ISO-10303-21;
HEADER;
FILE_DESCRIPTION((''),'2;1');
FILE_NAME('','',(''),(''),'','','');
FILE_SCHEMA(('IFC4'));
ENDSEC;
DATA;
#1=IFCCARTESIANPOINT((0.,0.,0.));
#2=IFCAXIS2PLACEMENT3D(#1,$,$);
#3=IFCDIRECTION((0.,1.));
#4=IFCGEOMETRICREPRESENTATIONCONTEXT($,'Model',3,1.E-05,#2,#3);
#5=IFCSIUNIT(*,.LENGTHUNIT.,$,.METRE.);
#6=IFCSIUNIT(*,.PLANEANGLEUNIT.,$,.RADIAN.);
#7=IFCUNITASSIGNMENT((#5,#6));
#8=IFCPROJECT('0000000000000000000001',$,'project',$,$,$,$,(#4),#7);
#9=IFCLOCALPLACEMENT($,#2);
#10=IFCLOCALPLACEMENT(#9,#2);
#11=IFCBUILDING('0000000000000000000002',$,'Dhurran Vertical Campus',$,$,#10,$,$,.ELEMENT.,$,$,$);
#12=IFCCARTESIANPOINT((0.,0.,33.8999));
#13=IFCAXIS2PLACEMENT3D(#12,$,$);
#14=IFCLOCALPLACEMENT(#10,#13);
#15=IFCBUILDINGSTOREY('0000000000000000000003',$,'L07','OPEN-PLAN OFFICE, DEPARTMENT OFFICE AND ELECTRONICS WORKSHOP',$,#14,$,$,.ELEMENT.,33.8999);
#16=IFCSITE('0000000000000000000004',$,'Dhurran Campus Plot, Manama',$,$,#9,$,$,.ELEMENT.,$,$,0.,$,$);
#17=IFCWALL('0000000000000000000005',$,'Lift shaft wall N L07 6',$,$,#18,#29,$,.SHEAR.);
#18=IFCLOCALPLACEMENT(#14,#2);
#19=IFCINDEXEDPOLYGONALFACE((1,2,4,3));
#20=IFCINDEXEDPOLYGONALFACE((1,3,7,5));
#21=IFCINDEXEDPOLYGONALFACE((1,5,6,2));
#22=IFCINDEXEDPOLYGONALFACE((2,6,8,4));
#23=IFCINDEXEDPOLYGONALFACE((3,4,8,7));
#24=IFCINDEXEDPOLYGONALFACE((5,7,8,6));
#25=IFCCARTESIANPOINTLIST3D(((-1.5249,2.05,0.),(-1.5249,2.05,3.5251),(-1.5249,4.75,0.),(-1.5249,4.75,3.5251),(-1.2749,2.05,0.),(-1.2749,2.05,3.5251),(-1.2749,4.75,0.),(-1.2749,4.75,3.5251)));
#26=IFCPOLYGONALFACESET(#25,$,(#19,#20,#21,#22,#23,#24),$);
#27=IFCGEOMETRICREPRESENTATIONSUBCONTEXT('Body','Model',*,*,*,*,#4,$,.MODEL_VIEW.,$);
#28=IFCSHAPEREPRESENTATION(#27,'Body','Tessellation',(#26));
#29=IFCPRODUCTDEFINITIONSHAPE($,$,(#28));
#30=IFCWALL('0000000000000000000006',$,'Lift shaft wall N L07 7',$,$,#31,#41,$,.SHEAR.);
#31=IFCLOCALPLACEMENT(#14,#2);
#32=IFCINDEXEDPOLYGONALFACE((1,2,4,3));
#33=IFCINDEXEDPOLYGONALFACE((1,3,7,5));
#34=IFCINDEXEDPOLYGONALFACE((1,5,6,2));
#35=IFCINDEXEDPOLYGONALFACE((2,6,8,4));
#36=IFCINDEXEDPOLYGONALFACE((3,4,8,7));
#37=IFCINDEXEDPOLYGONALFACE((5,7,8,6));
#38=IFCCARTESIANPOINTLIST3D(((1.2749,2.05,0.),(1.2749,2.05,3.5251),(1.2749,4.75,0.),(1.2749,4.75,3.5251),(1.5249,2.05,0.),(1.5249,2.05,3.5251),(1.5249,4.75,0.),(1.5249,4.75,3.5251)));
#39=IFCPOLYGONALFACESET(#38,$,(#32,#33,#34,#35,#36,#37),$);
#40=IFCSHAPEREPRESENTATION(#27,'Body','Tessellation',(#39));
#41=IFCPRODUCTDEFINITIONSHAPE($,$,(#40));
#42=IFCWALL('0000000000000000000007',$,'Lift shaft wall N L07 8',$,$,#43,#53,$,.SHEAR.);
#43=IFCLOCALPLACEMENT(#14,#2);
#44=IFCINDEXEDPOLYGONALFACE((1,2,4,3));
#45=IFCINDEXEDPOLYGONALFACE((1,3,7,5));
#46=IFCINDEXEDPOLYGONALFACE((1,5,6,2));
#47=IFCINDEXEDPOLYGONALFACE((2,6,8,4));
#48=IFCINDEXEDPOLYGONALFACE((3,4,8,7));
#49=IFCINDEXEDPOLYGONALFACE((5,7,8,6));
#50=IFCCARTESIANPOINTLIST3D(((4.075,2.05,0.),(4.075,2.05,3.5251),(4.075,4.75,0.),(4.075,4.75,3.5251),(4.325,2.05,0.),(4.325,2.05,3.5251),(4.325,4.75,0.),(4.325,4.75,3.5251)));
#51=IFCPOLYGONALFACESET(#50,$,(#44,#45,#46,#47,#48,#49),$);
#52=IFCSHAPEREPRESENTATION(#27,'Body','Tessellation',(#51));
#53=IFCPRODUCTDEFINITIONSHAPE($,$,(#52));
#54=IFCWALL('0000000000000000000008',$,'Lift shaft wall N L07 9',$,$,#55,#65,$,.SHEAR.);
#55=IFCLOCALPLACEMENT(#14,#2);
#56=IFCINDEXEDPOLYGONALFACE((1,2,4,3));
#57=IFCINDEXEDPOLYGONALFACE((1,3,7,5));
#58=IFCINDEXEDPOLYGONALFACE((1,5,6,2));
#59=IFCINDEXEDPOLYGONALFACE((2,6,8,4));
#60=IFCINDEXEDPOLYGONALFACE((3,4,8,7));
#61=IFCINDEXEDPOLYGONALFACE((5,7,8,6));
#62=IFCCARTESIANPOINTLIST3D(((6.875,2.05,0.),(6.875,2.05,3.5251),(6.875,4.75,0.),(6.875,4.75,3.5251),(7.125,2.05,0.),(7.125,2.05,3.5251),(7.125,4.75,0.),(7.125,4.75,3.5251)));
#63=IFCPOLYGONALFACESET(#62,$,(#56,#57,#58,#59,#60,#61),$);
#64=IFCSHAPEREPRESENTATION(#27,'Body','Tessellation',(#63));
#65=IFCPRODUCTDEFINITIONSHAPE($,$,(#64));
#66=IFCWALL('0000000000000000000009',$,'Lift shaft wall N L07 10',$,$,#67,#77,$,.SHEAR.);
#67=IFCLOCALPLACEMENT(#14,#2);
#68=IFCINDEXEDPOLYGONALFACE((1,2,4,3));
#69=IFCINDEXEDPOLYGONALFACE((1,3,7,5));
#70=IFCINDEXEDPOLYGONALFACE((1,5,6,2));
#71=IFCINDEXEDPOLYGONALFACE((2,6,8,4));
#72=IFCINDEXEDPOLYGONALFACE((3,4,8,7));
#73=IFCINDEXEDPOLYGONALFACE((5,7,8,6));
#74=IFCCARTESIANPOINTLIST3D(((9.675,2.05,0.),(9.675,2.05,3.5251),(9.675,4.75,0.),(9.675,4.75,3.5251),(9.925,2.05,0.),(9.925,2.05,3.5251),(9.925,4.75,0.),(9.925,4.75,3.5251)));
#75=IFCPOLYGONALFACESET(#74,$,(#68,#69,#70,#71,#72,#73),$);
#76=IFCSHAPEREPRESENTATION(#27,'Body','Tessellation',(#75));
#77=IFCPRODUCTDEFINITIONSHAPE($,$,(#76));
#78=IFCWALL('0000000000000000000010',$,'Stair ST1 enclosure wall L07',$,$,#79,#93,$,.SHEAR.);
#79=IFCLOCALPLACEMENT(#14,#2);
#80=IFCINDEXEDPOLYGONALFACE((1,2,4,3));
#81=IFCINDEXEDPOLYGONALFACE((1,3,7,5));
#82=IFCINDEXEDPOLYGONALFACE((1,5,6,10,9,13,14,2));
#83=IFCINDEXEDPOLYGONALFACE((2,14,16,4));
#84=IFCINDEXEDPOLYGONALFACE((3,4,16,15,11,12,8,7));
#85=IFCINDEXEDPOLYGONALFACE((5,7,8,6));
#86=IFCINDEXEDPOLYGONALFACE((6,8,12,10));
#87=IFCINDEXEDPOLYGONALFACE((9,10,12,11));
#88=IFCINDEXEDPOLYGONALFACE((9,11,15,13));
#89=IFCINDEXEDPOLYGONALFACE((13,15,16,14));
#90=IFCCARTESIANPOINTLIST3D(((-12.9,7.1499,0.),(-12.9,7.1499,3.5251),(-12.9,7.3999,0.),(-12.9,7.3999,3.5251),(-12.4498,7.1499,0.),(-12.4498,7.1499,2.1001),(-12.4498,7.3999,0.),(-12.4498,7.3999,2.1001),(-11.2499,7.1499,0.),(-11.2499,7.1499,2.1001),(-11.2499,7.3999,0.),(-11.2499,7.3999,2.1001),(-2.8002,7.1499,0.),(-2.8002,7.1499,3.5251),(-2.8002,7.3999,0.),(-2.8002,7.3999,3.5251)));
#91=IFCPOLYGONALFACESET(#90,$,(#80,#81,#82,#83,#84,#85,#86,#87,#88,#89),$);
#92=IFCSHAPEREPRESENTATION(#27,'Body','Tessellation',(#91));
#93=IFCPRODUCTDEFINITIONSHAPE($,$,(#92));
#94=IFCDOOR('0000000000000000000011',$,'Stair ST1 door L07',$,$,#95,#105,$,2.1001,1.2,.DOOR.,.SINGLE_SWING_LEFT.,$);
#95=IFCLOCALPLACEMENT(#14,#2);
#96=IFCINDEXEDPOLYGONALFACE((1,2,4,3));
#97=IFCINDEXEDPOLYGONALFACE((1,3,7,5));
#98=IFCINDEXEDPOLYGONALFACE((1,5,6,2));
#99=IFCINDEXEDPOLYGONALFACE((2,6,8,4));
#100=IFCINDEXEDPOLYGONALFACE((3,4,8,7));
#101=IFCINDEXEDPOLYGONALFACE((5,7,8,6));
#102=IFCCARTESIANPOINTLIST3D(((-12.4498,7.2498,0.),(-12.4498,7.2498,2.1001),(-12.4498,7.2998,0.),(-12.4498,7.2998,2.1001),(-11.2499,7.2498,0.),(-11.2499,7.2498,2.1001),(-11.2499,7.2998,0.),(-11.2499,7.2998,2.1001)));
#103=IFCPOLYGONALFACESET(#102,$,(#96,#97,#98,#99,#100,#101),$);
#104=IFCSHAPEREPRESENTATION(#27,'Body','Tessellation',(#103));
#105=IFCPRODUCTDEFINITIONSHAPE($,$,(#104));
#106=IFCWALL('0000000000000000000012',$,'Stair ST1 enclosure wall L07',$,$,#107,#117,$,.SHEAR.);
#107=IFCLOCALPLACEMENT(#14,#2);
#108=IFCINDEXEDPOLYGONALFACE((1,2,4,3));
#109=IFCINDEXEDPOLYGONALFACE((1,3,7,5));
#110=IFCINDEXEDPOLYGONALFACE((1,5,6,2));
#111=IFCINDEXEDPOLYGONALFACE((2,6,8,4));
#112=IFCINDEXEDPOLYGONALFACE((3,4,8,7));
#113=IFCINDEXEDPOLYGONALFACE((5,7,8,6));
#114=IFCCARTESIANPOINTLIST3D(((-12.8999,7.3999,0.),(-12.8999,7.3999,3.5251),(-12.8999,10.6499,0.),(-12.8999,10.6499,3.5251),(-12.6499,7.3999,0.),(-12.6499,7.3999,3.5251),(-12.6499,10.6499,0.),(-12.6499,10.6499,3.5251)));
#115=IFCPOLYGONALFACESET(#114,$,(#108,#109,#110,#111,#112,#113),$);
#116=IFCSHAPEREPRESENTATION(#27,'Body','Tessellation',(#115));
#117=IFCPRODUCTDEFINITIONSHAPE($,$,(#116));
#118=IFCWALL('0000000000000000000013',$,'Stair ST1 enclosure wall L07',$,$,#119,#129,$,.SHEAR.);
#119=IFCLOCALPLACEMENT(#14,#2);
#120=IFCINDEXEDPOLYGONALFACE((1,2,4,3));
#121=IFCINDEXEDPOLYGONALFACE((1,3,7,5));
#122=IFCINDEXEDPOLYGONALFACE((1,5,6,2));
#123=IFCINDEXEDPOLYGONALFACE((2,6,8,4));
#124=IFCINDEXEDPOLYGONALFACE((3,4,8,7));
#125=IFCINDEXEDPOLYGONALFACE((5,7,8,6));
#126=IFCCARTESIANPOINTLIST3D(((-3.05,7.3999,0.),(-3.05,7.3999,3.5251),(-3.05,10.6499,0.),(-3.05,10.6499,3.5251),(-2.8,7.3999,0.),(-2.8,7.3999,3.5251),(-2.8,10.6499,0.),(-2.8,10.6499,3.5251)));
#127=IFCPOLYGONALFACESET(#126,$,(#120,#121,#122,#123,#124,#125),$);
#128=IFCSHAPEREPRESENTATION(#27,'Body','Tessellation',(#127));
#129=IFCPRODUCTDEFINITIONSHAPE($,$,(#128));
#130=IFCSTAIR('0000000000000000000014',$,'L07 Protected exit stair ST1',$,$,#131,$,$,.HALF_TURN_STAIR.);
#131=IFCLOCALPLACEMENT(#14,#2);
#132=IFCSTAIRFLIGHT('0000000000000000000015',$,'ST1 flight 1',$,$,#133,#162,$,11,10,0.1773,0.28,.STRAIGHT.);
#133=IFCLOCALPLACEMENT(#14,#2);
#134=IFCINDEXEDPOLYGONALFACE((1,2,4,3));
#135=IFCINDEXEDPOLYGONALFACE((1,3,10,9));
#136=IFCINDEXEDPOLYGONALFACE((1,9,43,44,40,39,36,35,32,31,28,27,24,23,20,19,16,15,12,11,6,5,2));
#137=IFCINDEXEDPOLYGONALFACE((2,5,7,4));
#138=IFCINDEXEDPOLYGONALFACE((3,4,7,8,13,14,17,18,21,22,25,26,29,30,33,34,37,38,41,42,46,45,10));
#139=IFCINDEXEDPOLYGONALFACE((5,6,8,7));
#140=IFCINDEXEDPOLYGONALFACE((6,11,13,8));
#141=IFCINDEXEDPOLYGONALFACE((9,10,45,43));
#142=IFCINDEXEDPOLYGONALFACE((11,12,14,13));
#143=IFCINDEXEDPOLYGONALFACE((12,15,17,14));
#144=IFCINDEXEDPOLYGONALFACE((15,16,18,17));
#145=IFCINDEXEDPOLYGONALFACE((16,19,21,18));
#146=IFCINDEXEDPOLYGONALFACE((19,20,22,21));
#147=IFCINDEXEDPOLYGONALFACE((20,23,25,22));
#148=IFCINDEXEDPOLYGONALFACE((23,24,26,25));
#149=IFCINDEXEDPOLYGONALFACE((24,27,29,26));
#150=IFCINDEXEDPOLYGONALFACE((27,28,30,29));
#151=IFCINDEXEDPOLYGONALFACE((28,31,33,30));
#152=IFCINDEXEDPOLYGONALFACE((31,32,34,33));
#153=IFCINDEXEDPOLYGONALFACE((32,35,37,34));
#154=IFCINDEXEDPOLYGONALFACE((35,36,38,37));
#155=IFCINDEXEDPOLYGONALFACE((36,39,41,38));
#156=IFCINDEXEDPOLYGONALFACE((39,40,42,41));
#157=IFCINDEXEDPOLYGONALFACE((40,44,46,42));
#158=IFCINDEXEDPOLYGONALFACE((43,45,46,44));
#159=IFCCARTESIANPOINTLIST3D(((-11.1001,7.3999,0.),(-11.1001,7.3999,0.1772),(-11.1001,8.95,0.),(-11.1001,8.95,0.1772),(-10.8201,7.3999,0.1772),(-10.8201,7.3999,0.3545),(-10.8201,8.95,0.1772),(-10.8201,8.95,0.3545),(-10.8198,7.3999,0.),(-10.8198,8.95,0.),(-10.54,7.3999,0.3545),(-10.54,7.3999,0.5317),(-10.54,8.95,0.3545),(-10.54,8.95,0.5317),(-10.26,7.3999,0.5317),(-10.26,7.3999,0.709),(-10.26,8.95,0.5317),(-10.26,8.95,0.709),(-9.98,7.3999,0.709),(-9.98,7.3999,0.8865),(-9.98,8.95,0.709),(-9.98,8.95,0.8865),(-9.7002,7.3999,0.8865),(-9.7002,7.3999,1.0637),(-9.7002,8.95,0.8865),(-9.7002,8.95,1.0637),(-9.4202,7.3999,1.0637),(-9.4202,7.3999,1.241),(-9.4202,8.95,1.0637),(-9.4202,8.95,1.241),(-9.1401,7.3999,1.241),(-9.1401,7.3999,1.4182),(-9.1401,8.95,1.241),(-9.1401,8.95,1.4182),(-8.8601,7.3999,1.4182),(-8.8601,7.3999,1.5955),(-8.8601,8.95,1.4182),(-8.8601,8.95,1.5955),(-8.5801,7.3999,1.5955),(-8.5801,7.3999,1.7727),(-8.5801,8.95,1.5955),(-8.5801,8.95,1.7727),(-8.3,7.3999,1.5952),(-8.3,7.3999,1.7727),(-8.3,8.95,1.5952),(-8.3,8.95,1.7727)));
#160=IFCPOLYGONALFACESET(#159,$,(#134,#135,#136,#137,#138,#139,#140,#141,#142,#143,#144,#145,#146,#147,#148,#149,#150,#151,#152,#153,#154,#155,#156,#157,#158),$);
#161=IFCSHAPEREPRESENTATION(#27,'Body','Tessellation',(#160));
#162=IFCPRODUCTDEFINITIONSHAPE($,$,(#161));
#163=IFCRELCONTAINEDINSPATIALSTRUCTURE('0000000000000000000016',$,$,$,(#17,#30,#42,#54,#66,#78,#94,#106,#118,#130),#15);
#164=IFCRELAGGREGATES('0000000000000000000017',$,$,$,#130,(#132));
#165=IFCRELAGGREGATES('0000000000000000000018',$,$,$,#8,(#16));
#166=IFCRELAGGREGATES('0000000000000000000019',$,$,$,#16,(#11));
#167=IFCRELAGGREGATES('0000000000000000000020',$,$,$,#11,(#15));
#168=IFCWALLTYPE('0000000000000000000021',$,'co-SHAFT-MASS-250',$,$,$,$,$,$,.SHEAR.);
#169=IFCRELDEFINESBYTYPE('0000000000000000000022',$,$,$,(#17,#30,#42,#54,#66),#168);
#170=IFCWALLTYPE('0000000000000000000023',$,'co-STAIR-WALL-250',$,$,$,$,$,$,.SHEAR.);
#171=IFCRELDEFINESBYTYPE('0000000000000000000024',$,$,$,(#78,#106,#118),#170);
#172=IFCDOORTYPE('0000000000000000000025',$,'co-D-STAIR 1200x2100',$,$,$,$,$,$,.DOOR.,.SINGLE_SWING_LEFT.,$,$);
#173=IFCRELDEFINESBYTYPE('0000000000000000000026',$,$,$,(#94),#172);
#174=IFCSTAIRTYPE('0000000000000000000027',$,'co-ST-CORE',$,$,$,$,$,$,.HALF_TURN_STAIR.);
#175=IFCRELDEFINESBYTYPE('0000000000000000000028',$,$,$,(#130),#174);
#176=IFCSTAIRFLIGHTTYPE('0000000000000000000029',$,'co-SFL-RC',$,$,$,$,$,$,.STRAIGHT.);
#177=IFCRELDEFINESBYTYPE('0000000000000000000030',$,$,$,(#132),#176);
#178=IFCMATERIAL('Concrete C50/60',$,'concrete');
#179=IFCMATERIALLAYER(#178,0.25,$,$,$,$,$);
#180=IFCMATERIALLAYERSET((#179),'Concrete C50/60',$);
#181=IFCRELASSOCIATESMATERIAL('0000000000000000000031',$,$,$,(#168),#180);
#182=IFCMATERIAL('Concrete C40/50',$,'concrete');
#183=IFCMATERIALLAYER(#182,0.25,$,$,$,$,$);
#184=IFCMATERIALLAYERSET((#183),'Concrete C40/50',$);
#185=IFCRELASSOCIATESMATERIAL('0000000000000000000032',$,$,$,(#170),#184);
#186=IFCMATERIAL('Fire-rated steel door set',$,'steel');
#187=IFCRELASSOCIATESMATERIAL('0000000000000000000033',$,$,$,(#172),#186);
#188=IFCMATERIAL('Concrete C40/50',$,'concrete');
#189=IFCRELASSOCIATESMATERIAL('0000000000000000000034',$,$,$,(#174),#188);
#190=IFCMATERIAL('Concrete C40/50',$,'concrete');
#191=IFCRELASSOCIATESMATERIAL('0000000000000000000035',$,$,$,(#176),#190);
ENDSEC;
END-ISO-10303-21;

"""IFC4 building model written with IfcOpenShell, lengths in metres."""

from ifc_helpers import new_model, si_unit, direction, frame, frame_2d, origin, place, context, subcontext, project, spatial, polyline, rectangle, outline, extrude, material, layer, layer_set, type_object, element, fill, aggregate, save


model = new_model("IFC4")

# Units and contexts
model_context = context("Model", 3, precision=1e-05, world=origin(), true_north=direction((0.0, 1.0)))
body_context = subcontext(model_context, "Body", "Model", "MODEL_VIEW")
ifc_project = project(units=[si_unit("LENGTHUNIT", "METRE"), si_unit("PLANEANGLEUNIT", "RADIAN")], contexts=[model_context])

# Site, building, storey
site_placement = place(None, origin())
site = spatial("IfcSite", under=ifc_project, at=site_placement, Name="Dhurran Campus Plot, Manama", CompositionType="ELEMENT", RefElevation=0.0)
building_placement = place(site_placement, origin())
building = spatial("IfcBuilding", under=site, at=building_placement, Name="Dhurran Vertical Campus", CompositionType="ELEMENT")
storey_placement = place(building_placement, frame((0.0, 0.0, 33.8999)))
storey = spatial("IfcBuildingStorey", under=building, at=storey_placement, Name="L07", Description="OPEN-PLAN OFFICE, DEPARTMENT OFFICE AND ELECTRONICS WORKSHOP", CompositionType="ELEMENT", Elevation=33.8999)

# Walls
ifc_material_1 = material(Name="Concrete C50/60", Category="concrete")
ifc_layer_1 = layer(ifc_material_1, 0.25)
ifc_layer_set_1 = layer_set([ifc_layer_1], Name="Concrete C50/60")
wall_type_1 = type_object("IfcWallType", Name="co-SHAFT-MASS-250", PredefinedType="SHEAR", material=ifc_layer_set_1)
wall_1_placement = place(storey_placement, origin())
element("IfcWall", 1, at=wall_1_placement, inside=storey, type_object=wall_type_1, Name="Lift shaft wall N L07 6", PredefinedType="SHEAR", context=body_context, shape_type="SweptSolid", body=[
    extrude(outline(polyline([(-1.5249, 2.05), (-1.2749, 2.05), (-1.2749, 4.75), (-1.5249, 4.75), (-1.5249, 2.05)])), origin(), (0.0, 0.0, 1.0), 3.5251),
])
wall_2_placement = place(storey_placement, origin())
element("IfcWall", 2, at=wall_2_placement, inside=storey, type_object=wall_type_1, Name="Lift shaft wall N L07 7", PredefinedType="SHEAR", context=body_context, shape_type="SweptSolid", body=[
    extrude(outline(polyline([(1.2749, 2.05), (1.5249, 2.05), (1.5249, 4.75), (1.2749, 4.75), (1.2749, 2.05)])), origin(), (0.0, 0.0, 1.0), 3.5251),
])
wall_3_placement = place(storey_placement, origin())
element("IfcWall", 3, at=wall_3_placement, inside=storey, type_object=wall_type_1, Name="Lift shaft wall N L07 8", PredefinedType="SHEAR", context=body_context, shape_type="SweptSolid", body=[
    extrude(outline(polyline([(4.075, 2.05), (4.325, 2.05), (4.325, 4.75), (4.075, 4.75), (4.075, 2.05)])), origin(), (0.0, 0.0, 1.0), 3.5251),
])
wall_4_placement = place(storey_placement, origin())
element("IfcWall", 4, at=wall_4_placement, inside=storey, type_object=wall_type_1, Name="Lift shaft wall N L07 9", PredefinedType="SHEAR", context=body_context, shape_type="SweptSolid", body=[
    extrude(outline(polyline([(6.875, 2.05), (7.125, 2.05), (7.125, 4.75), (6.875, 4.75), (6.875, 2.05)])), origin(), (0.0, 0.0, 1.0), 3.5251),
])
wall_5_placement = place(storey_placement, origin())
element("IfcWall", 5, at=wall_5_placement, inside=storey, type_object=wall_type_1, Name="Lift shaft wall N L07 10", PredefinedType="SHEAR", context=body_context, shape_type="SweptSolid", body=[
    extrude(outline(polyline([(9.675, 2.05), (9.925, 2.05), (9.925, 4.75), (9.675, 4.75), (9.675, 2.05)])), origin(), (0.0, 0.0, 1.0), 3.5251),
])

# Wall, opening, door
ifc_material_2 = material(Name="Concrete C40/50", Category="concrete")
ifc_layer_2 = layer(ifc_material_2, 0.25)
ifc_layer_set_2 = layer_set([ifc_layer_2], Name="Concrete C40/50")
wall_type_2 = type_object("IfcWallType", Name="co-STAIR-WALL-250", PredefinedType="SHEAR", material=ifc_layer_set_2)
wall_6_placement = place(storey_placement, frame((-12.8999, 7.2749, 0.0), z_axis=(0.0, 0.0, 1.0), x_axis=(1.0, 0.0, 0.0)))
wall_6 = element("IfcWall", 6, at=wall_6_placement, inside=storey, type_object=wall_type_2, Name="Stair ST1 enclosure wall L07", PredefinedType="SHEAR", context=body_context, shape_type="SweptSolid", body=[
    extrude(rectangle(XDim=10.0999, YDim=0.25, at=frame_2d((5.0498, 0.0))), origin(), (0.0, 0.0, 1.0), 3.5251),
])
opening_1_placement = place(wall_6_placement, frame((0.45, 0.0, 0.0)))
opening_1 = element("IfcOpeningElement", 7, at=opening_1_placement, cuts=wall_6, PredefinedType="OPENING", context=body_context, shape_type="SweptSolid", body=[
    extrude(rectangle(XDim=1.2, YDim=2.1001, at=frame_2d((0.6001, 1.05))), frame((0.0, 0.135, 0.0), z_axis=(0.0, -1.0, 0.0), x_axis=(1.0, 0.0, 0.0)), (0.0, 0.0, 1.0), 0.27),
])
ifc_material_3 = material(Name="Fire-rated steel door set", Category="steel")
door_type_1 = type_object("IfcDoorType", Name="co-D-STAIR 1200x2100", OperationType="SINGLE_SWING_LEFT", PredefinedType="DOOR", material=ifc_material_3)
door_1_placement = place(opening_1_placement, origin())
door_1 = element("IfcDoor", 8, at=door_1_placement, inside=storey, type_object=door_type_1, Name="Stair ST1 door L07", OperationType="SINGLE_SWING_LEFT", OverallHeight=2.1001, OverallWidth=1.2, PredefinedType="DOOR", context=body_context, shape_type="SweptSolid", body=[
    extrude(rectangle(XDim=1.2, YDim=2.1001, at=frame_2d((0.6001, 1.05))), frame((0.0, 0.0249, 0.0), z_axis=(0.0, -1.0, 0.0), x_axis=(1.0, 0.0, 0.0)), (0.0, 0.0, 1.0), 0.05),
])
fill(opening_1, door_1)

# Walls
for number, where, z_axis, x_axis, name in (
    (9, (-12.7749, 7.3999, 0.0), (0.0, 0.0, 1.0), (0.0, 1.0, 0.0), "Stair ST1 enclosure wall L07"),
    (10, (-2.925, 7.3999, 0.0), (0.0, 0.0, 1.0), (0.0, 1.0, 0.0), "Stair ST1 enclosure wall L07"),
):
    element("IfcWall", number, at=place(storey_placement, frame(where, z_axis=z_axis, x_axis=x_axis)), inside=storey, type_object=wall_type_2, Name=name, PredefinedType="SHEAR", context=body_context, shape_type="SweptSolid", body=[
        extrude(rectangle(XDim=3.25, YDim=0.25, at=frame_2d((1.625, 0.0))), origin(), (0.0, 0.0, 1.0), 3.5251),
    ])

# Stair, stair flight
ifc_material_4 = material(Name="Concrete C40/50", Category="concrete")
stair_type = type_object("IfcStairType", Name="co-ST-CORE", PredefinedType="HALF_TURN_STAIR", material=ifc_material_4)
stair_placement = place(storey_placement, origin())
stair = element("IfcStair", 11, at=stair_placement, inside=storey, type_object=stair_type, Name="L07 Protected exit stair ST1", PredefinedType="HALF_TURN_STAIR")
ifc_material_5 = material(Name="Concrete C40/50", Category="concrete")
stair_flight_type = type_object("IfcStairFlightType", Name="co-SFL-RC", PredefinedType="STRAIGHT", material=ifc_material_5)
stair_flight_placement = place(storey_placement, frame((-11.1001, 8.175, 0.0), z_axis=(0.0, 0.0, 1.0), x_axis=(1.0, 0.0, 0.0)))
stair_flight = element("IfcStairFlight", 12, at=stair_flight_placement, type_object=stair_flight_type, Name="ST1 flight 1", NumberOfRisers=11, NumberOfTreads=10, PredefinedType="STRAIGHT", RiserHeight=0.1773, TreadLength=0.28, context=body_context, shape_type="SweptSolid", body=[
    extrude(outline(polyline([(0.0, 0.0), (0.0, 0.1772), (0.28, 0.1772), (0.28, 0.3545), (0.5601, 0.3545), (0.5601, 0.5317), (0.8401, 0.5317), (0.8401, 0.709), (1.1201, 0.709), (1.1201, 0.8865), (1.3999, 0.8865), (1.3999, 1.0637), (1.6799, 1.0637), (1.6799, 1.241), (1.96, 1.241), (1.96, 1.4182), (2.24, 1.4182), (2.24, 1.5955), (2.52, 1.5955), (2.52, 1.7727), (2.8, 1.7727), (2.8, 1.95), (2.8, 1.5952), (0.2803, 0.0), (0.0, 0.0)])), frame((0.0, 0.7749, 0.0), z_axis=(0.0, -1.0, 0.0), x_axis=(1.0, 0.0, 0.0)), (0.0, 0.0, 1.0), 1.55),
])
aggregate(stair, [stair_flight])

save(model, "model.ifc")
